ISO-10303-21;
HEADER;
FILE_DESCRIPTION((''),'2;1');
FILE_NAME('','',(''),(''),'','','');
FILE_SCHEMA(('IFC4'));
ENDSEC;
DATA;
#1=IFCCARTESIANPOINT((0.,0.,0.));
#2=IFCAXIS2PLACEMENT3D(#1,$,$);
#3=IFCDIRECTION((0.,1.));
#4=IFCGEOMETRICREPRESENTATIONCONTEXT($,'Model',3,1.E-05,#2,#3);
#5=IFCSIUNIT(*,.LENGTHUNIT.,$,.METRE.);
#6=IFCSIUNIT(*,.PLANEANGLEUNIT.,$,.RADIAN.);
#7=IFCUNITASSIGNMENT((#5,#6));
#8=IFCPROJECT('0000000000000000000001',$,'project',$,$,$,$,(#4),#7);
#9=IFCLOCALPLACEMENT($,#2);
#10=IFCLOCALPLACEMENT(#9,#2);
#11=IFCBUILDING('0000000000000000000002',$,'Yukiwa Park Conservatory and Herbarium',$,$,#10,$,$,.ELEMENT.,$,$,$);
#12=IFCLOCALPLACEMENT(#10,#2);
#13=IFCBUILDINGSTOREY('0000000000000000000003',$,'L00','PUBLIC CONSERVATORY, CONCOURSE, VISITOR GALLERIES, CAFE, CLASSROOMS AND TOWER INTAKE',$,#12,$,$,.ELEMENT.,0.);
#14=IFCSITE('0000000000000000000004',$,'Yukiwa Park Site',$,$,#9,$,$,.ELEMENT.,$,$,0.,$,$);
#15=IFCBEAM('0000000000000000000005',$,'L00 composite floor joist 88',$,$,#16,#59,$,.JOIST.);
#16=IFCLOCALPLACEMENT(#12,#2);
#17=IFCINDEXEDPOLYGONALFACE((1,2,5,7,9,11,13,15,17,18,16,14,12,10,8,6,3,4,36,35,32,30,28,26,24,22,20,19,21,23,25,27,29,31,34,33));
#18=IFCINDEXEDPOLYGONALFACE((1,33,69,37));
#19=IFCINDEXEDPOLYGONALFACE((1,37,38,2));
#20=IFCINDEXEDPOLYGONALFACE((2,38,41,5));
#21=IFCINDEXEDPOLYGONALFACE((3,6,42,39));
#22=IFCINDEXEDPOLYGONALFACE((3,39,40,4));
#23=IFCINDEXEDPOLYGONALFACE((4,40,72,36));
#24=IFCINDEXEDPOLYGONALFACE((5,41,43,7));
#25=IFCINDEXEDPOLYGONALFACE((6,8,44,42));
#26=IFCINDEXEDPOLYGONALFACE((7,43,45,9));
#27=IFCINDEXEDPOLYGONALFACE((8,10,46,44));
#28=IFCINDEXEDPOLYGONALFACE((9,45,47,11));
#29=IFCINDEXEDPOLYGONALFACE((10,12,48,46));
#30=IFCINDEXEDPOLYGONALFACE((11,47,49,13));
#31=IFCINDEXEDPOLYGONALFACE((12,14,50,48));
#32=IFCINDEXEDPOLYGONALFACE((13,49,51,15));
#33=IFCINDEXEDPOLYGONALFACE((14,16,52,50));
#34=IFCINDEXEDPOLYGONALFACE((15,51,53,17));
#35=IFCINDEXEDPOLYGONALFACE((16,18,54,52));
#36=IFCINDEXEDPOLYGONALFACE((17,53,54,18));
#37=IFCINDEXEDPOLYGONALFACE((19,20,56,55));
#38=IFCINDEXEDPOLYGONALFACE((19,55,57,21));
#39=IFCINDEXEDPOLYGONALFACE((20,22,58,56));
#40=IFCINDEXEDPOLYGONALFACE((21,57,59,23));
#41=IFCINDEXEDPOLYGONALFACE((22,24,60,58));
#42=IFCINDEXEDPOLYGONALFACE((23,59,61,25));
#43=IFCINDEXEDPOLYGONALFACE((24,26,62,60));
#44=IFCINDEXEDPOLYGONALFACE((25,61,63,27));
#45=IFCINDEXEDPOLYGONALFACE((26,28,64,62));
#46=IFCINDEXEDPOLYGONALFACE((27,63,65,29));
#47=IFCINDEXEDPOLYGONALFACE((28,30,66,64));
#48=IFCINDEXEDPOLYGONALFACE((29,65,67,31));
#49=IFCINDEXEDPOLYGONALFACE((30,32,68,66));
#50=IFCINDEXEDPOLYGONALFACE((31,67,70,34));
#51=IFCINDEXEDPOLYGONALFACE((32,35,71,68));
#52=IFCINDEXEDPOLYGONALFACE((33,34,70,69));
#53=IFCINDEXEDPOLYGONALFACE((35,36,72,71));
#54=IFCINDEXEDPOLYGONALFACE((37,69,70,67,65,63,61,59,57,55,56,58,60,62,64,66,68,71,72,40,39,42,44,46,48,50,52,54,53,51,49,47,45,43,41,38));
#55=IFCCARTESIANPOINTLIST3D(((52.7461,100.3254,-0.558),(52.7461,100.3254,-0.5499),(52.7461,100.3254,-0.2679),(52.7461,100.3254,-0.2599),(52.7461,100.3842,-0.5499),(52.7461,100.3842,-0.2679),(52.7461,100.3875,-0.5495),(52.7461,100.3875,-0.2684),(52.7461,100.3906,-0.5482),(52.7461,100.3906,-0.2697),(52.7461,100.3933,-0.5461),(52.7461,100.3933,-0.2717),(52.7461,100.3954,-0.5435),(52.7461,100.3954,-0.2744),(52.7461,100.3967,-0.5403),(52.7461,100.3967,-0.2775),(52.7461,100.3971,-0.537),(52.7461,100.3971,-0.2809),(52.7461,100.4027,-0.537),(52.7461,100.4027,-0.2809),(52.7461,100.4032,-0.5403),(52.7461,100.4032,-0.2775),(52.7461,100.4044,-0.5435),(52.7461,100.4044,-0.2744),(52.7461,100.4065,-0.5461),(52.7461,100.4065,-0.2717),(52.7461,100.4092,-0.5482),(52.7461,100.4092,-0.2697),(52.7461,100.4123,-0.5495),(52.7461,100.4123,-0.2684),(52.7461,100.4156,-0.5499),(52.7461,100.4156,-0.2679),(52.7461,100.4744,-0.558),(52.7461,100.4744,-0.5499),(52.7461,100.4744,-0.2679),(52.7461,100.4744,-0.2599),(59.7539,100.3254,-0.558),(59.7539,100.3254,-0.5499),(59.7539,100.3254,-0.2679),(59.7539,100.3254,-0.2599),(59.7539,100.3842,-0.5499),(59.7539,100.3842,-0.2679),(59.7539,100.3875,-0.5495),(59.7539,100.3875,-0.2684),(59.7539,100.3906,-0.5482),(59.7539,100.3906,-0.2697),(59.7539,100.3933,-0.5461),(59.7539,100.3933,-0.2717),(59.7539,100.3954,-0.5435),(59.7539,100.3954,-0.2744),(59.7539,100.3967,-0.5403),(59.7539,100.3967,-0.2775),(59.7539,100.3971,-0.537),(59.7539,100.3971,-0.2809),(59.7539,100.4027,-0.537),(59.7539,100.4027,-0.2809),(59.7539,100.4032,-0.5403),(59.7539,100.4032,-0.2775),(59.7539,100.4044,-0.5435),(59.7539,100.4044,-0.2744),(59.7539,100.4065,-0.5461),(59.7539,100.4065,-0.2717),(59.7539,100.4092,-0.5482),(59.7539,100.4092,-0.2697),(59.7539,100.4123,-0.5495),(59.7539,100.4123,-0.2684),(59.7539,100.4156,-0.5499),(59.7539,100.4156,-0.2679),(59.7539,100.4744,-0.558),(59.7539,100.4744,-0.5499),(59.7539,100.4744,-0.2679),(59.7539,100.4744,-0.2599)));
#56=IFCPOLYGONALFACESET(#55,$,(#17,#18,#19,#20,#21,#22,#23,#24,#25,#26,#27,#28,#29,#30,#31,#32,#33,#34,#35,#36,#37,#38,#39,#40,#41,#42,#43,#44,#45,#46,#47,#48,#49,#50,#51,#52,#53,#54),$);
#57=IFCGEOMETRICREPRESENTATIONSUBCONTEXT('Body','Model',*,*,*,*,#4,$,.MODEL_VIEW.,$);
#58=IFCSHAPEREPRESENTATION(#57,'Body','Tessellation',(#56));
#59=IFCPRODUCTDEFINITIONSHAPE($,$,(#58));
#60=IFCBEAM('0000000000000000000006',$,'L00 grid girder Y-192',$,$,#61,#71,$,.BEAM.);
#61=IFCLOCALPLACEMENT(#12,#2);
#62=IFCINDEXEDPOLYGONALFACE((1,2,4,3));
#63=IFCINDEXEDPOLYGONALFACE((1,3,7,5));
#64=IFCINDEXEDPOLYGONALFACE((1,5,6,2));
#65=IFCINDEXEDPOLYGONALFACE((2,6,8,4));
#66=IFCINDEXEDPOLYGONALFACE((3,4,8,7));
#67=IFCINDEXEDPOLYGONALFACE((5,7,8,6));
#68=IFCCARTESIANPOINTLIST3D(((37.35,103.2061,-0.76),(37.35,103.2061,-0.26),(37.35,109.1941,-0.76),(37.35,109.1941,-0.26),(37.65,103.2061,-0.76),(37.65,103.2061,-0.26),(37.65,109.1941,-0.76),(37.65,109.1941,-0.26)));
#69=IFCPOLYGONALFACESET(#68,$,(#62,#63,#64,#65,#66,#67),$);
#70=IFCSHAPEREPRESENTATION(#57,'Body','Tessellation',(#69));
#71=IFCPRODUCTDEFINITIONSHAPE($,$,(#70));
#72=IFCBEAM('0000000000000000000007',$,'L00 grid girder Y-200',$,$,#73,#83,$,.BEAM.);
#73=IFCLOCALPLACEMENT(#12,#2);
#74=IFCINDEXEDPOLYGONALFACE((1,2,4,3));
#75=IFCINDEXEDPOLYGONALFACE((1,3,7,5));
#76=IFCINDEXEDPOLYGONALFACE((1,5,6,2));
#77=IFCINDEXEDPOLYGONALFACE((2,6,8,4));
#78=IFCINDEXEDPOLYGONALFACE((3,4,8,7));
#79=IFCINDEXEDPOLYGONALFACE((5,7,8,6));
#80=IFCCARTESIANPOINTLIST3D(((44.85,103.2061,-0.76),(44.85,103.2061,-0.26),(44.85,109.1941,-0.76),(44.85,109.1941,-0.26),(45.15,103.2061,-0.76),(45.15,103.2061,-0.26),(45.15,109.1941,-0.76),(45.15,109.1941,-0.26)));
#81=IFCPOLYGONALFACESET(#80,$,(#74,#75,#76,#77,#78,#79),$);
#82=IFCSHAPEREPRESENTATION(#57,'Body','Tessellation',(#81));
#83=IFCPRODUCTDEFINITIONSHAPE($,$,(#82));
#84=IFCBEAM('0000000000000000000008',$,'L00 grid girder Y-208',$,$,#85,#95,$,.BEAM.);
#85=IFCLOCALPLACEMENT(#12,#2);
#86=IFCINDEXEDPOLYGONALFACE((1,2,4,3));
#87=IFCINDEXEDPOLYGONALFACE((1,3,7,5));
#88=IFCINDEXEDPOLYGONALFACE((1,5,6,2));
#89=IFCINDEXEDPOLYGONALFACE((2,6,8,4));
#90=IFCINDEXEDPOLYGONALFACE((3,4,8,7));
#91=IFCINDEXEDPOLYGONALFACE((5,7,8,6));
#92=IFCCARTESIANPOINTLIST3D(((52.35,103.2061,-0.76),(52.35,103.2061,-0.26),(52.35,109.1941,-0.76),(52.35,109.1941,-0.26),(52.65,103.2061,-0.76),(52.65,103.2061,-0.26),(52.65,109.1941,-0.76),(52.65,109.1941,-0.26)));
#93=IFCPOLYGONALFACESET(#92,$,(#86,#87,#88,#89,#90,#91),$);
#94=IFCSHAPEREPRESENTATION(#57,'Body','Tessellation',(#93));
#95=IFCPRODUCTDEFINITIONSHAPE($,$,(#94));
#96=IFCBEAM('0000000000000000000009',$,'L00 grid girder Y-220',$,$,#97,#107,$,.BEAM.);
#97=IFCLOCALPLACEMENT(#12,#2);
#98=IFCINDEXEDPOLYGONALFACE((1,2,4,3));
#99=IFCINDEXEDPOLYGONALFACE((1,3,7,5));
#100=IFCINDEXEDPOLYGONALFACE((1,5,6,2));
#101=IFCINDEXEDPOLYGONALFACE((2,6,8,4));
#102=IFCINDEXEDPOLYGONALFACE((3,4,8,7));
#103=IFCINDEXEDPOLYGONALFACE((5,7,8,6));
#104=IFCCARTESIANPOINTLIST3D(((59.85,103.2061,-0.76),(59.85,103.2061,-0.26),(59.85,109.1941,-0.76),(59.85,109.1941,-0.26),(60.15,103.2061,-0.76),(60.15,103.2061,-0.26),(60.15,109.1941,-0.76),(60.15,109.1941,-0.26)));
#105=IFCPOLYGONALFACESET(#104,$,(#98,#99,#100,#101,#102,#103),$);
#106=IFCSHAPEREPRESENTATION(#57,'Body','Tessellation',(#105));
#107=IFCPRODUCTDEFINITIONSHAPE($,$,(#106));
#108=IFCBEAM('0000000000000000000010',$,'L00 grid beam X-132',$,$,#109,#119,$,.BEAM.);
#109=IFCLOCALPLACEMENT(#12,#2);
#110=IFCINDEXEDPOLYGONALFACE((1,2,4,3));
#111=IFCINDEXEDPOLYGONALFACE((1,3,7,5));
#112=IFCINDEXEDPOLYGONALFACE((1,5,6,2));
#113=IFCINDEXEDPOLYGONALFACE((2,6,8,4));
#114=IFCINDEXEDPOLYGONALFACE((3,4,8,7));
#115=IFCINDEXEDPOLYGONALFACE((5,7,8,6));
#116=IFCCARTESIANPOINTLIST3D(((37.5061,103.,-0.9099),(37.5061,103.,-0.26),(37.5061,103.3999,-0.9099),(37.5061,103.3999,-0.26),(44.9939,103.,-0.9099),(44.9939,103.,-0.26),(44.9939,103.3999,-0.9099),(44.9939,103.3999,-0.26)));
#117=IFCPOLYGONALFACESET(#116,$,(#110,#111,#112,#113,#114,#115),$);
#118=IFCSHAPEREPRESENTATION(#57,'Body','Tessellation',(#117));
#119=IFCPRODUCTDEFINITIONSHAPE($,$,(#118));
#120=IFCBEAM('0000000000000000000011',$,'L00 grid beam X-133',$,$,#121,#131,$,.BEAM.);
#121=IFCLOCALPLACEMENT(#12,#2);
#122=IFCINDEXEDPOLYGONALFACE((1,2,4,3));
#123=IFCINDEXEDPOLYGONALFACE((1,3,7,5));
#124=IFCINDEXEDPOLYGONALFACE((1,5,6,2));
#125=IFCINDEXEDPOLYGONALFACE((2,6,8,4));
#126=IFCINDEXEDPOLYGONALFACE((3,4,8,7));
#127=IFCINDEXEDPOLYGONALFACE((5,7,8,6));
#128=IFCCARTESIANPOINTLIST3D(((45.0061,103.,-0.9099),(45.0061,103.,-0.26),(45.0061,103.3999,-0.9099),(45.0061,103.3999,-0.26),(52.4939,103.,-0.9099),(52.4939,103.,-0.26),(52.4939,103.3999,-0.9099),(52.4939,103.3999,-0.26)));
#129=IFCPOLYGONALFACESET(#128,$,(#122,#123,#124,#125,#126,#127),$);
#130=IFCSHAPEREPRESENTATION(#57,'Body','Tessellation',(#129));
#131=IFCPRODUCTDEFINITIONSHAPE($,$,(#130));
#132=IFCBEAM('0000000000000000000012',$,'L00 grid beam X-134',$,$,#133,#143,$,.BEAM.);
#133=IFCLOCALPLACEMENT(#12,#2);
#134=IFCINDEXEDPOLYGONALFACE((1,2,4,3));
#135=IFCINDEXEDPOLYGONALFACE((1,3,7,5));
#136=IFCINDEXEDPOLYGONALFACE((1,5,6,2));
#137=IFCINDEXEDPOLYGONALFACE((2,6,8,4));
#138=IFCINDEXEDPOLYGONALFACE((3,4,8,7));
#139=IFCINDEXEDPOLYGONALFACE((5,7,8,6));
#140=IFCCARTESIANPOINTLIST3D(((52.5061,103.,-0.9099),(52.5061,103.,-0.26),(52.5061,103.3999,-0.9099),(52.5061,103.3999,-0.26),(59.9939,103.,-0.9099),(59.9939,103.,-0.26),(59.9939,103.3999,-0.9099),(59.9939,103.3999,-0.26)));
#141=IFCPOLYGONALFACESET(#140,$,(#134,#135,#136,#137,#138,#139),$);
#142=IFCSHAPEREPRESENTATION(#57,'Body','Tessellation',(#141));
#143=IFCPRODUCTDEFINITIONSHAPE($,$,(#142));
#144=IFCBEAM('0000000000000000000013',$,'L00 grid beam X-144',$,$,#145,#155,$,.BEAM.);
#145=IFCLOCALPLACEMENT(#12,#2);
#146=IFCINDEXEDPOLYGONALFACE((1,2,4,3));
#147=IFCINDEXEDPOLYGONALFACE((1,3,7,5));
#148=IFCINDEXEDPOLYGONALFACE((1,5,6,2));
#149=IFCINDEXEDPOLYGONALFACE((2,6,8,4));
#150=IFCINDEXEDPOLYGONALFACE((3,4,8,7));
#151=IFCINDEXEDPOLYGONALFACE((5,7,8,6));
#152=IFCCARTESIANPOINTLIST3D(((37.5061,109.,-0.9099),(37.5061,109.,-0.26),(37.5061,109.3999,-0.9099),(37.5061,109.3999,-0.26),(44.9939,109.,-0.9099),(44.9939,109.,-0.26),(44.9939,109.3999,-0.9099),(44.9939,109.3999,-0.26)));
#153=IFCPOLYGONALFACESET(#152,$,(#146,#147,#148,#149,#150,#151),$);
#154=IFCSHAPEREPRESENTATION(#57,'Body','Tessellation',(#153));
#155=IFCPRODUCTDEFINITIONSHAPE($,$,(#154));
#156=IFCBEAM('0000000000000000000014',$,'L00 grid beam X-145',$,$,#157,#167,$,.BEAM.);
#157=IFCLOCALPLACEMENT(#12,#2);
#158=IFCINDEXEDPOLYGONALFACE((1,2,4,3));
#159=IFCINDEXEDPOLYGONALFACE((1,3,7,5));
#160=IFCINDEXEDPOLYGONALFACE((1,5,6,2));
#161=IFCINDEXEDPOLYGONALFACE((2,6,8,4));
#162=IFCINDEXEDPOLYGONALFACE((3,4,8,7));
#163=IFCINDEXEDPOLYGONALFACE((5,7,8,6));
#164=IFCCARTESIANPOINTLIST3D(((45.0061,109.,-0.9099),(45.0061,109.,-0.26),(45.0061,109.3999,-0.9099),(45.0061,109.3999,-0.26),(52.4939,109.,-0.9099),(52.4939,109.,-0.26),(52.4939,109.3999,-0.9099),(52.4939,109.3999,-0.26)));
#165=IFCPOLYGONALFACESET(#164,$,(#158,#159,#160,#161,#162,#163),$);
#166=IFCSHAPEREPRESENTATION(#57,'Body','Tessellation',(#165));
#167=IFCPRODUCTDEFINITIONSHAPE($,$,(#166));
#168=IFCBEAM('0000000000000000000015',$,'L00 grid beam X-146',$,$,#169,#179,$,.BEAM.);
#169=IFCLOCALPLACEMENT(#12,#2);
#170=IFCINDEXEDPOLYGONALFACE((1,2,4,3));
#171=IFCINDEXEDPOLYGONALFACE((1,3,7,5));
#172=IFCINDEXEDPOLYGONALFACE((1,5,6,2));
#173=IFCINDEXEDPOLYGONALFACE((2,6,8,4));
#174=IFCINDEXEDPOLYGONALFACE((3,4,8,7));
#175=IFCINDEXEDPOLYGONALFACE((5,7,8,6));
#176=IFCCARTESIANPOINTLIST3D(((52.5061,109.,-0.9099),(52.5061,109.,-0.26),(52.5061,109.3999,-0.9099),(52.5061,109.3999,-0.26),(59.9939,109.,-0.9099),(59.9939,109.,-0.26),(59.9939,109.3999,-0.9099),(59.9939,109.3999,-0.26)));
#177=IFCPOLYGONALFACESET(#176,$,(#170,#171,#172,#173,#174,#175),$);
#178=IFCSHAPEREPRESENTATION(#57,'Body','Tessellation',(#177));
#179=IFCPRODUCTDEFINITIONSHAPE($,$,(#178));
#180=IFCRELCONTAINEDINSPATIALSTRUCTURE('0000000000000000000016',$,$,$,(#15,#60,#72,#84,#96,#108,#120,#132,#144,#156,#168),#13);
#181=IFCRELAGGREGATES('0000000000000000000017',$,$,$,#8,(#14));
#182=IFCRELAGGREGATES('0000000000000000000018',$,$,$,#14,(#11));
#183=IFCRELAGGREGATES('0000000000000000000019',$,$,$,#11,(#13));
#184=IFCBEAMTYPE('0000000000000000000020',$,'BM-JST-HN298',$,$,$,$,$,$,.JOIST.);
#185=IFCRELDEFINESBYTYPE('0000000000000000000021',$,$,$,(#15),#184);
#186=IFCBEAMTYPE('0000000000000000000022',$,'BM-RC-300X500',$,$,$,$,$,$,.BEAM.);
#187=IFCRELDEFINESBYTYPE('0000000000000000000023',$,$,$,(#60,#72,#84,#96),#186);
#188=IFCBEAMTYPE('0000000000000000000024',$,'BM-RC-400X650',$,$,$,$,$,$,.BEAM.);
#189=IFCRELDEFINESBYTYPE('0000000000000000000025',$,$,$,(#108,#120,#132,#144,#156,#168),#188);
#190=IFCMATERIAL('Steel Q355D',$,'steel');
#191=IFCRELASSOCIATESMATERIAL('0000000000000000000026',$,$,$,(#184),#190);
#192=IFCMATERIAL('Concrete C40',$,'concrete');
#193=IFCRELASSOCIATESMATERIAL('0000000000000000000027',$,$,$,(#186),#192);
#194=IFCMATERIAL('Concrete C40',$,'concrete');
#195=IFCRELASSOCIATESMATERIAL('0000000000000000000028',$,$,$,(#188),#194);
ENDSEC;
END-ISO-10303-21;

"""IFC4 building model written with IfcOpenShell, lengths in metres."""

from ifc_helpers import new_model, si_unit, direction, frame, origin, origin_2d, place, context, subcontext, project, spatial, rectangle, i_section, extrude, material, material_profile, profile_set, type_object, element, save


model = new_model("IFC4")

# Units and contexts
model_context = context("Model", 3, precision=1e-05, world=origin(), true_north=direction((0.0, 1.0)))
body_context = subcontext(model_context, "Body", "Model", "MODEL_VIEW")
ifc_project = project(units=[si_unit("LENGTHUNIT", "METRE"), si_unit("PLANEANGLEUNIT", "RADIAN")], contexts=[model_context])

# Site, building, storey
site_placement = place(None, origin())
site = spatial("IfcSite", under=ifc_project, at=site_placement, Name="Yukiwa Park Site", CompositionType="ELEMENT", RefElevation=0.0)
building_placement = place(site_placement, origin())
building = spatial("IfcBuilding", under=site, at=building_placement, Name="Yukiwa Park Conservatory and Herbarium", CompositionType="ELEMENT")
storey_placement = place(building_placement, origin())
storey = spatial("IfcBuildingStorey", under=building, at=storey_placement, Name="L00", Description="PUBLIC CONSERVATORY, CONCOURSE, VISITOR GALLERIES, CAFE, CLASSROOMS AND TOWER INTAKE", CompositionType="ELEMENT", Elevation=0.0)

# Beams
ifc_material_1 = material(Name="Steel Q355D", Category="steel")
ifc_material_profile_1 = material_profile(ifc_material_1, i_section(OverallWidth=0.1489, OverallDepth=0.2981, WebThickness=0.0056, FlangeThickness=0.0081, FilletRadius=0.0129, at=origin_2d()), Name="HN 298x149x5.5x8")
ifc_profile_set_1 = profile_set([ifc_material_profile_1], Name="Steel Q355D")
beam_type_1 = type_object("IfcBeamType", Name="BM-JST-HN298", PredefinedType="JOIST", material=ifc_profile_set_1)
for number, where, z_axis, x_axis, name in (
    (1, (52.7461, 100.3999, -0.4089), (1.0, 0.0, 0.0), (0.0, 1.0, 0.0), "L00 composite floor joist 88"),
):
    element("IfcBeam", number, at=place(storey_placement, frame(where, z_axis=z_axis, x_axis=x_axis)), inside=storey, type_object=beam_type_1, Name=name, PredefinedType="JOIST", context=body_context, shape_type="SweptSolid", body=[
        extrude(i_section(OverallWidth=0.1489, OverallDepth=0.2981, WebThickness=0.0056, FlangeThickness=0.0081, FilletRadius=0.0129, at=origin_2d()), origin(), (0.0, 0.0, 1.0), 7.0078),
    ])
ifc_material_2 = material(Name="Concrete C40", Category="concrete")
ifc_material_profile_2 = material_profile(ifc_material_2, rectangle(XDim=0.3, YDim=0.5, at=origin_2d()), Name="RC 300x500")
ifc_profile_set_2 = profile_set([ifc_material_profile_2], Name="Concrete C40")
beam_type_2 = type_object("IfcBeamType", Name="BM-RC-300X500", PredefinedType="BEAM", material=ifc_profile_set_2)
for number, where, z_axis, x_axis, name in (
    (2, (37.5, 103.2061, -0.51), (0.0, 1.0, 0.0), (-1.0, 0.0, 0.0), "L00 grid girder Y-192"),
    (3, (45.0, 103.2061, -0.51), (0.0, 1.0, 0.0), (-1.0, 0.0, 0.0), "L00 grid girder Y-200"),
    (4, (52.5, 103.2061, -0.51), (0.0, 1.0, 0.0), (-1.0, 0.0, 0.0), "L00 grid girder Y-208"),
    (5, (60.0, 103.2061, -0.51), (0.0, 1.0, 0.0), (-1.0, 0.0, 0.0), "L00 grid girder Y-220"),
):
    element("IfcBeam", number, at=place(storey_placement, frame(where, z_axis=z_axis, x_axis=x_axis)), inside=storey, type_object=beam_type_2, Name=name, PredefinedType="BEAM", context=body_context, shape_type="SweptSolid", body=[
        extrude(rectangle(XDim=0.3, YDim=0.5, at=origin_2d()), origin(), (0.0, 0.0, 1.0), 5.988),
    ])
ifc_material_3 = material(Name="Concrete C40", Category="concrete")
ifc_material_profile_3 = material_profile(ifc_material_3, rectangle(XDim=0.3999, YDim=0.6499, at=origin_2d()), Name="RC 400x650")
ifc_profile_set_3 = profile_set([ifc_material_profile_3], Name="Concrete C40")
beam_type_3 = type_object("IfcBeamType", Name="BM-RC-400X650", PredefinedType="BEAM", material=ifc_profile_set_3)
for number, where, z_axis, x_axis, name in (
    (6, (37.5061, 103.2, -0.585), (1.0, 0.0, 0.0), (0.0, 1.0, 0.0), "L00 grid beam X-132"),
    (7, (45.0061, 103.2, -0.585), (1.0, 0.0, 0.0), (0.0, 1.0, 0.0), "L00 grid beam X-133"),
    (8, (52.5061, 103.2, -0.585), (1.0, 0.0, 0.0), (0.0, 1.0, 0.0), "L00 grid beam X-134"),
    (9, (37.5061, 109.2, -0.585), (1.0, 0.0, 0.0), (0.0, 1.0, 0.0), "L00 grid beam X-144"),
    (10, (45.0061, 109.2, -0.585), (1.0, 0.0, 0.0), (0.0, 1.0, 0.0), "L00 grid beam X-145"),
    (11, (52.5061, 109.2, -0.585), (1.0, 0.0, 0.0), (0.0, 1.0, 0.0), "L00 grid beam X-146"),
):
    element("IfcBeam", number, at=place(storey_placement, frame(where, z_axis=z_axis, x_axis=x_axis)), inside=storey, type_object=beam_type_3, Name=name, PredefinedType="BEAM", context=body_context, shape_type="SweptSolid", body=[
        extrude(rectangle(XDim=0.3999, YDim=0.6499, at=origin_2d()), origin(), (0.0, 0.0, 1.0), 7.4878),
    ])

save(model, "model.ifc")
